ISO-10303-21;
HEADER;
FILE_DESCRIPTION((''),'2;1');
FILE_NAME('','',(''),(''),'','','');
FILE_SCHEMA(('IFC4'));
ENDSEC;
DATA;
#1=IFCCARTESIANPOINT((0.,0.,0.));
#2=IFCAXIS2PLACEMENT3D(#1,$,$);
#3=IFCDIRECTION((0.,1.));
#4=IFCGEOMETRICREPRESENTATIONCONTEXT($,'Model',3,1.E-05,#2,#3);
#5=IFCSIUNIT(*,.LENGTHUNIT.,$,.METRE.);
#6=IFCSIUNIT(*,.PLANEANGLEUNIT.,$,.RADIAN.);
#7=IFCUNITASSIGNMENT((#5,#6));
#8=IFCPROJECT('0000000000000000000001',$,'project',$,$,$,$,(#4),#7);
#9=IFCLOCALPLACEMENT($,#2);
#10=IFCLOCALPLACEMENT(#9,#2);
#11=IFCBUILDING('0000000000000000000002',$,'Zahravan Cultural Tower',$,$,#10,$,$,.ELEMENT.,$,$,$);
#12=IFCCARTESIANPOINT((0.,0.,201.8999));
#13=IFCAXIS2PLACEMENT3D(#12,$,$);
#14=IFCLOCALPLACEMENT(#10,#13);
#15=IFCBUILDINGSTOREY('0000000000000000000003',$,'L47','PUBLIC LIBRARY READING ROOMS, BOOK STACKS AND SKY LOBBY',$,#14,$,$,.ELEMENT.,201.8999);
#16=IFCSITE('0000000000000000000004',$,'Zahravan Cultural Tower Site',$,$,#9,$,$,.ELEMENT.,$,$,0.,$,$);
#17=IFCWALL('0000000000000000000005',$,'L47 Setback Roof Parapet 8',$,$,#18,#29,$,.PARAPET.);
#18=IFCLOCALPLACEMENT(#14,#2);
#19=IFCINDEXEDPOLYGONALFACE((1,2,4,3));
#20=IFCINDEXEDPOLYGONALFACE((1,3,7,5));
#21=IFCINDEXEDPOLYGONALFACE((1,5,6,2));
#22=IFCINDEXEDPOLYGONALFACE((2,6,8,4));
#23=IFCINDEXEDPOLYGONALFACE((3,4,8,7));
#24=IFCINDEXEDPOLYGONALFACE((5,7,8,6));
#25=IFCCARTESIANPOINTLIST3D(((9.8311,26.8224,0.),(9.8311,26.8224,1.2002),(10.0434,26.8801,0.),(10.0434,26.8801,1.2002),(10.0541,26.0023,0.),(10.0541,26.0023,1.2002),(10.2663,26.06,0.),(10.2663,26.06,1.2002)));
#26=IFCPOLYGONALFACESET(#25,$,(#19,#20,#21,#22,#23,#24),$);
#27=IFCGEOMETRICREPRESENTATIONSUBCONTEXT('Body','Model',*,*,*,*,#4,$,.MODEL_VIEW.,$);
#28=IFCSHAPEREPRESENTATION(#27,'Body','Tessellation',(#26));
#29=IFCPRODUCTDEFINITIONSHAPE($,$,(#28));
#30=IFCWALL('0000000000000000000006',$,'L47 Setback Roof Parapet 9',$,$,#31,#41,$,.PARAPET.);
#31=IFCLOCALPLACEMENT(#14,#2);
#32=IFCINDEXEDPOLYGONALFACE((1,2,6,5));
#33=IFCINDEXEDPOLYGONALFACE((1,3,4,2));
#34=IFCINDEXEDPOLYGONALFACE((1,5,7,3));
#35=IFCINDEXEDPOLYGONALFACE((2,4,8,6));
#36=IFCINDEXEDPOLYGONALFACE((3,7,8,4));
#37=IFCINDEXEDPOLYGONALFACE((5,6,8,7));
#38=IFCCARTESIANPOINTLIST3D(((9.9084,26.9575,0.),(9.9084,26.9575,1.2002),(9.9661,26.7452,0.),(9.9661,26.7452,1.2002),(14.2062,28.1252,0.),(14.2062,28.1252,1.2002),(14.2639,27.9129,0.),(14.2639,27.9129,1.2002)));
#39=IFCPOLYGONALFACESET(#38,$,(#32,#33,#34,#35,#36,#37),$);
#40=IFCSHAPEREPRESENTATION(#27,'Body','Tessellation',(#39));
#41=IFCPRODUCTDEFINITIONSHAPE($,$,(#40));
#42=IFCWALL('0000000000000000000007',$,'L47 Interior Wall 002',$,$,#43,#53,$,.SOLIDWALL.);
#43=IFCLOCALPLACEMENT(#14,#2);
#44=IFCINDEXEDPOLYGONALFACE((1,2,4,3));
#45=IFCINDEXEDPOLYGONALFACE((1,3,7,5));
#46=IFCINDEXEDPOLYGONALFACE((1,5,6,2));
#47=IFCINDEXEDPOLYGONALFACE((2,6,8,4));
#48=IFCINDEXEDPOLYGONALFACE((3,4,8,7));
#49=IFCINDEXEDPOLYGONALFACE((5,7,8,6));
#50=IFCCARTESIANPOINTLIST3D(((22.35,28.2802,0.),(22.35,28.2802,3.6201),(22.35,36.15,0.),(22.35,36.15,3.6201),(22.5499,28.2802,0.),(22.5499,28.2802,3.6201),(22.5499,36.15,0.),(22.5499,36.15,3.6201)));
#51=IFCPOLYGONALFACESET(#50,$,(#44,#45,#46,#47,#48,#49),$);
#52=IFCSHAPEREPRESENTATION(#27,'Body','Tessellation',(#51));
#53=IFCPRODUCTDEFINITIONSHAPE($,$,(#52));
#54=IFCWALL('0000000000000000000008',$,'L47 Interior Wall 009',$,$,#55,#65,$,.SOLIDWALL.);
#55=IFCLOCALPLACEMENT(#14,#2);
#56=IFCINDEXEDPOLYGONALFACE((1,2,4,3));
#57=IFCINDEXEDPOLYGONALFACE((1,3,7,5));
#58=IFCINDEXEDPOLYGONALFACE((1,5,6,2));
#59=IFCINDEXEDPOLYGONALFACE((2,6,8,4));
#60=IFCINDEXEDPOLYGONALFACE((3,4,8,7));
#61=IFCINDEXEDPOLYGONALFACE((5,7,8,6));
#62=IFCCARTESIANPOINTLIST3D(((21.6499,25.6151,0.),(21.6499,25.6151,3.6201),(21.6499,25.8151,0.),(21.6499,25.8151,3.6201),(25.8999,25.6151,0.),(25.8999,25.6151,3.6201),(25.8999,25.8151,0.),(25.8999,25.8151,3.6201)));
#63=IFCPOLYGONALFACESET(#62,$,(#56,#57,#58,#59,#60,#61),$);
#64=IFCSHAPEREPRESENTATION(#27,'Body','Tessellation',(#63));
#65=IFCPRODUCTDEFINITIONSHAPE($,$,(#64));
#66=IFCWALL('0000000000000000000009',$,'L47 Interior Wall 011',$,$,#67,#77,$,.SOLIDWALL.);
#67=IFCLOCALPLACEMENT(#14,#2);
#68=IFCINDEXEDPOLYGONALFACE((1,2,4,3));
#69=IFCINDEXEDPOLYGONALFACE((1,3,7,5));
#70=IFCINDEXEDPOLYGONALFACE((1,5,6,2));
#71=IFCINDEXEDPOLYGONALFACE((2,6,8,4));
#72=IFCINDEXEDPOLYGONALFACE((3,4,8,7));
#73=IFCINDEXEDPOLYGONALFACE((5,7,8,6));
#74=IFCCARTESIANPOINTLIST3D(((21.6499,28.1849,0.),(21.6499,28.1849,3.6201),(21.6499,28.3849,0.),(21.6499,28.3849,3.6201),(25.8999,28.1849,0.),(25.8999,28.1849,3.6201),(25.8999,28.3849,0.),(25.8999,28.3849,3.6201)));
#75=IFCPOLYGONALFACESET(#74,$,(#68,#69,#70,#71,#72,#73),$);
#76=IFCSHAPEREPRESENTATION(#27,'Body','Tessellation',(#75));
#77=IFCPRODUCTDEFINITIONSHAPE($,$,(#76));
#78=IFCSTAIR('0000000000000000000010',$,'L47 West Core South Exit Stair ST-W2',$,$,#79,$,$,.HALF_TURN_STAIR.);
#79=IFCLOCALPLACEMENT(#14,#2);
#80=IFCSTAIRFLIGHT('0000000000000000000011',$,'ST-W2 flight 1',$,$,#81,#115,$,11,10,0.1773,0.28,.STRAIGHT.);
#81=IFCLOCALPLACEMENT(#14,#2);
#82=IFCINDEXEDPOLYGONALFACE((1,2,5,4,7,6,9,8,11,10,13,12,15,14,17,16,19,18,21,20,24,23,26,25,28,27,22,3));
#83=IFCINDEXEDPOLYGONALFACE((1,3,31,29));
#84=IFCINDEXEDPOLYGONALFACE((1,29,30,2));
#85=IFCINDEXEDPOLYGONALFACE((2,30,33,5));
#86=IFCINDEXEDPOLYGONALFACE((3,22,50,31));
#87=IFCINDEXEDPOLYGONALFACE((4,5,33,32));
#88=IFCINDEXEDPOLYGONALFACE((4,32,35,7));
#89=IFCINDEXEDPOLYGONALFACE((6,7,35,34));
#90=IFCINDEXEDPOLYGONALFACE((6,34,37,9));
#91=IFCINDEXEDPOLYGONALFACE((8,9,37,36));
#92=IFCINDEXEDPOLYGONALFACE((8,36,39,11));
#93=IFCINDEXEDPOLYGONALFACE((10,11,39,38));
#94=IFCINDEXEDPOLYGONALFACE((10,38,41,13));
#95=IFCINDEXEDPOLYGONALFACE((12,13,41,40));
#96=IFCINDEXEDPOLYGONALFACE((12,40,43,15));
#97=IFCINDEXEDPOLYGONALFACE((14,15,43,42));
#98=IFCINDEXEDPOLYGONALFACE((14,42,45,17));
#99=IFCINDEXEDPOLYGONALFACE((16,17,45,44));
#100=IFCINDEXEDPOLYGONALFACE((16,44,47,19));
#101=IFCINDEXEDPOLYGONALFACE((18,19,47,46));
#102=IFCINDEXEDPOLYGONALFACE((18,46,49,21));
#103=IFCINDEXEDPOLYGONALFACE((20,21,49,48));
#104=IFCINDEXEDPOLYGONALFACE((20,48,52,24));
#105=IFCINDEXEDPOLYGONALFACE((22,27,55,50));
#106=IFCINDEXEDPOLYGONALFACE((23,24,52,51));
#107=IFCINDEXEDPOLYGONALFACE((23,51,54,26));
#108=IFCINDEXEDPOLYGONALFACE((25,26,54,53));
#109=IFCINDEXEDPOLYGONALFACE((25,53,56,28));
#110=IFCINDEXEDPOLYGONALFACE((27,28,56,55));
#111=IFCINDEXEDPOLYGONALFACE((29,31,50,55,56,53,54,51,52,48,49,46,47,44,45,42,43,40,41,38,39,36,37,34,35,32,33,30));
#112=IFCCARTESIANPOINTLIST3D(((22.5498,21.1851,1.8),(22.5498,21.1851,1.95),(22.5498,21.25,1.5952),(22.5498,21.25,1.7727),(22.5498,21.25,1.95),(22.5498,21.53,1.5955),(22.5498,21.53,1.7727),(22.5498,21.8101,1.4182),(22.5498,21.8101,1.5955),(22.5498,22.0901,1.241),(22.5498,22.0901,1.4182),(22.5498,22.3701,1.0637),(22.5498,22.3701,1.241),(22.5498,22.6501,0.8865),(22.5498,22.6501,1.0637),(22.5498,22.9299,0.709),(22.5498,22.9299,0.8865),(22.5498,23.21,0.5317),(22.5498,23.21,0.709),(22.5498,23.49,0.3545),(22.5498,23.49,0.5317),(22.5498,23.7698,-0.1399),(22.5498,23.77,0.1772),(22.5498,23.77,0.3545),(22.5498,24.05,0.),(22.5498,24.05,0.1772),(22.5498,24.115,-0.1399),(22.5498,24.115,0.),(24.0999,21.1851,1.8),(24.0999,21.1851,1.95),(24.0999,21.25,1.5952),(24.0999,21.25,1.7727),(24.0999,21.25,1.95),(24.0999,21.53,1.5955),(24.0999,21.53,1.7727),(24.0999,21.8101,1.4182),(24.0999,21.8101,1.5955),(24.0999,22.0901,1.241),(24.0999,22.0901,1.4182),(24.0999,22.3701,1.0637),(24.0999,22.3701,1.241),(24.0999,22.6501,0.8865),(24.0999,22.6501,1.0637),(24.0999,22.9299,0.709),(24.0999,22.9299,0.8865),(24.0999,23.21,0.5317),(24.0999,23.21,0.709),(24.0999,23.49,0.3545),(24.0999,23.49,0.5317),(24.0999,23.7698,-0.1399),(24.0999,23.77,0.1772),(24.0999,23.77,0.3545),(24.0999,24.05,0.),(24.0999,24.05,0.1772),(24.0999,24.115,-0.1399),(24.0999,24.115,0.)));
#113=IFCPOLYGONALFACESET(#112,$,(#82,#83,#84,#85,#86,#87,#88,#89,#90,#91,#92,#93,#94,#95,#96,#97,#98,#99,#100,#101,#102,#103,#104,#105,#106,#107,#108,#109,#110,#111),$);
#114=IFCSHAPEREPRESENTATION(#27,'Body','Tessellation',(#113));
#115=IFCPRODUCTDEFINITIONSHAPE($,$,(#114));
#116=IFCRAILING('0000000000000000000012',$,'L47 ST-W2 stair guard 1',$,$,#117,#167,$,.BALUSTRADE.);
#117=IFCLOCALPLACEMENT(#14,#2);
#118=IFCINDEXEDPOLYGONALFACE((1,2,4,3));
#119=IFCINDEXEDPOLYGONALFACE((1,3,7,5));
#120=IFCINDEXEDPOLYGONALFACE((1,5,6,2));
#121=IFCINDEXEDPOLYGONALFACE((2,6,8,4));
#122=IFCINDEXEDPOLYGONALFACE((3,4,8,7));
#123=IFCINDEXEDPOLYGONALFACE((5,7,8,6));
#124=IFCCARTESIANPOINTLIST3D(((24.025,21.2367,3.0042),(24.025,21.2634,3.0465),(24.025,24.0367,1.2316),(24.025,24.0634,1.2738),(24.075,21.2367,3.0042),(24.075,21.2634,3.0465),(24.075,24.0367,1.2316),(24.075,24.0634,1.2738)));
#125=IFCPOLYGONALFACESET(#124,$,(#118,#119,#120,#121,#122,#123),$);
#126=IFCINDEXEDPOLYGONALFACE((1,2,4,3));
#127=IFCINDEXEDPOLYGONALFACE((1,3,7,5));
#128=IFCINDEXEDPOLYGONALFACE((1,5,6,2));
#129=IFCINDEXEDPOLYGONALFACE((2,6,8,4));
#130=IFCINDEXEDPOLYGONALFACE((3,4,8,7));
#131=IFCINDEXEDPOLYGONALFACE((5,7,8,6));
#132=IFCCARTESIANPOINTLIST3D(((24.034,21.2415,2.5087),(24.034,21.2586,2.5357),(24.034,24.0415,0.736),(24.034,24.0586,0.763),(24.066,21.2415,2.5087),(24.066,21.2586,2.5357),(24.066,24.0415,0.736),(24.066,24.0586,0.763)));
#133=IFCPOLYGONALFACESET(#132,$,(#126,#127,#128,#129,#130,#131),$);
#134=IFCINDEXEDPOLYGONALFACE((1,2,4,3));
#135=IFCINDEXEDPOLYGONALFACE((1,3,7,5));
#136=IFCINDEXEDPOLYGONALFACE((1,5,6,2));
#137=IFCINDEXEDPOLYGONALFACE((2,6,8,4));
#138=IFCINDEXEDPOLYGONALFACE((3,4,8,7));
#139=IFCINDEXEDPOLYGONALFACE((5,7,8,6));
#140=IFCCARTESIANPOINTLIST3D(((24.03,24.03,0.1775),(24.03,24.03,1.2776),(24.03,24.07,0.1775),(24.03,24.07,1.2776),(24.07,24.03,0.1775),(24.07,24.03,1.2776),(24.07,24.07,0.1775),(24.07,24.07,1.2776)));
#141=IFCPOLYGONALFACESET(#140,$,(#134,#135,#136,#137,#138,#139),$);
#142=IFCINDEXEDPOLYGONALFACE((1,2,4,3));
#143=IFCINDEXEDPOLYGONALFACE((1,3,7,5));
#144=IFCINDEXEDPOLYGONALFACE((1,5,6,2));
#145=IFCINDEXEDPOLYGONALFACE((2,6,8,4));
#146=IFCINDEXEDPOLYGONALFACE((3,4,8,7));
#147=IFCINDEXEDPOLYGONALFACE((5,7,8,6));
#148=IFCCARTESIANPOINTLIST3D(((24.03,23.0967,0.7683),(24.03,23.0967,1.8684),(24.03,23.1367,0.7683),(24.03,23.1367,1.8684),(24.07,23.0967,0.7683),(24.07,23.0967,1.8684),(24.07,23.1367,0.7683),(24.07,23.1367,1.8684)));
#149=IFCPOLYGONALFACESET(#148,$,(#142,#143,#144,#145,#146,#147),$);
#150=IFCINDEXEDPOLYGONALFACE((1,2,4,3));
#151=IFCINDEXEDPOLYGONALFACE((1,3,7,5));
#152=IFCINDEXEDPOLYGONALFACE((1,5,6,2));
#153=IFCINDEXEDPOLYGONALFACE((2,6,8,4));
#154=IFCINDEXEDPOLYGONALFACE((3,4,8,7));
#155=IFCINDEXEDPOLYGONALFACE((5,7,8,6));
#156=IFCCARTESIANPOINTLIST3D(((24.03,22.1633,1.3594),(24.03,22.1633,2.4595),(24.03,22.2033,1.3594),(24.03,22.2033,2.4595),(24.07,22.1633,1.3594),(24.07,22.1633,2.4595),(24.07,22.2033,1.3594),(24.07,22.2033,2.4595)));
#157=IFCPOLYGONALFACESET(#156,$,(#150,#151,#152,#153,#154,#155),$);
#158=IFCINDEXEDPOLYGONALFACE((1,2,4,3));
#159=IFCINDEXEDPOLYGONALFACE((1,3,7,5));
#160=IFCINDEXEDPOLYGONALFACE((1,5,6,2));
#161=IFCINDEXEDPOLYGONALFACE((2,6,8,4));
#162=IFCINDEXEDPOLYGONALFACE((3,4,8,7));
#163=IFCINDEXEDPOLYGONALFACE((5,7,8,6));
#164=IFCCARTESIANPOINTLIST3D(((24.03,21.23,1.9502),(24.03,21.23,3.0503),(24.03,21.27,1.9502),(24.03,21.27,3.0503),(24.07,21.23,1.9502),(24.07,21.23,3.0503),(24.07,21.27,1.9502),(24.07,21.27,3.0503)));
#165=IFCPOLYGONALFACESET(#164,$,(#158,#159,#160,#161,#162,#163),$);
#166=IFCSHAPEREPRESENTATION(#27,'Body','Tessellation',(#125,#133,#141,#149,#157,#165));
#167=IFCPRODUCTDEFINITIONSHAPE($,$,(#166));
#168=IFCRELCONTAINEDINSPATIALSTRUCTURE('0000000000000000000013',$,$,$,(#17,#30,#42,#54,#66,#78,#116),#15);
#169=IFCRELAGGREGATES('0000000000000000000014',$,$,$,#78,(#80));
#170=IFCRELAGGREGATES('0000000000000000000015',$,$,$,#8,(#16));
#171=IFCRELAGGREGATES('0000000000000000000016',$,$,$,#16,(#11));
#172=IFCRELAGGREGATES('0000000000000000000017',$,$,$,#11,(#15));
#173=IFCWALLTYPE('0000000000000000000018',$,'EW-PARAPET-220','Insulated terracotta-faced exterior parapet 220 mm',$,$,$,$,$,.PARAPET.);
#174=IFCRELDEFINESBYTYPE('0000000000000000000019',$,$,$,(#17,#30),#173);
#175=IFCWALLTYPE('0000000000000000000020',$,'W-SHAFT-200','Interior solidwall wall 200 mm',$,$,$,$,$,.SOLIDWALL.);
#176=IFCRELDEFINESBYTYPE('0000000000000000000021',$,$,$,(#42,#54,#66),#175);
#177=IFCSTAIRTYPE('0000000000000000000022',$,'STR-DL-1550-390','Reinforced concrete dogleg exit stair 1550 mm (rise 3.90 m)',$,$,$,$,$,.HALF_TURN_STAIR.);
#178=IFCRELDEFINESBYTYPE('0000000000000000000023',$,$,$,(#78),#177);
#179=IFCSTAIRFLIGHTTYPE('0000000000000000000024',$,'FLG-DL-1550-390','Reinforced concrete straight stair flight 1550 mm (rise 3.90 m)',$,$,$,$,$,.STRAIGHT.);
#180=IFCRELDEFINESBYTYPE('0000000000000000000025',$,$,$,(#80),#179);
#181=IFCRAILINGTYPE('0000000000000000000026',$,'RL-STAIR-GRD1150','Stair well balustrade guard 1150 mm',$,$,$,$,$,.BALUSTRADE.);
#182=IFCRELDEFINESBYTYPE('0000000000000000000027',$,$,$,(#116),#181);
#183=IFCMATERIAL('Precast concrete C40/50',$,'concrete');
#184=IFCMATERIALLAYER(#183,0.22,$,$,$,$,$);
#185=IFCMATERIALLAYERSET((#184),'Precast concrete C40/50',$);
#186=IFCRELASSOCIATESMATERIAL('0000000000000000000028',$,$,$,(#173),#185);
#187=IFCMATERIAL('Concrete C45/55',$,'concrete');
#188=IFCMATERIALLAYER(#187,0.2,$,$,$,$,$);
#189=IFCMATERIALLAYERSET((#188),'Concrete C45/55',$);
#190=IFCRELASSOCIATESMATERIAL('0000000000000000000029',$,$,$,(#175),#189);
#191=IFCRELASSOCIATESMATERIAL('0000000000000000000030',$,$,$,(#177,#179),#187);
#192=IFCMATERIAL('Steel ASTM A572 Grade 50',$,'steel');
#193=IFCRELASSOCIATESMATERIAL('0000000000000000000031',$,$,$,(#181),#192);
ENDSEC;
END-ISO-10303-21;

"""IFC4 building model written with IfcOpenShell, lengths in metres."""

from ifc_helpers import new_model, si_unit, direction, frame, frame_2d, origin, origin_2d, place, context, subcontext, project, spatial, polyline, rectangle, outline, extrude, source, transform, mapped, material, layer, layer_set, type_object, element, aggregate, save


model = new_model("IFC4")

# Units and contexts
model_context = context("Model", 3, precision=1e-05, world=origin(), true_north=direction((0.0, 1.0)))
body_context = subcontext(model_context, "Body", "Model", "MODEL_VIEW")
ifc_project = project(units=[si_unit("LENGTHUNIT", "METRE"), si_unit("PLANEANGLEUNIT", "RADIAN")], contexts=[model_context])

# Site, building, storey
site_placement = place(None, origin())
site = spatial("IfcSite", under=ifc_project, at=site_placement, Name="Zahravan Cultural Tower Site", CompositionType="ELEMENT", RefElevation=0.0)
building_placement = place(site_placement, origin())
building = spatial("IfcBuilding", under=site, at=building_placement, Name="Zahravan Cultural Tower", CompositionType="ELEMENT")
storey_placement = place(building_placement, frame((0.0, 0.0, 201.8999)))
storey = spatial("IfcBuildingStorey", under=building, at=storey_placement, Name="L47", Description="PUBLIC LIBRARY READING ROOMS, BOOK STACKS AND SKY LOBBY", CompositionType="ELEMENT", Elevation=201.8999)

# Shared definitions
ifc_material_1 = material(Name="Precast concrete C40/50", Category="concrete")

# Walls
ifc_layer_1 = layer(ifc_material_1, 0.22)
ifc_layer_set_1 = layer_set([ifc_layer_1], Name="Precast concrete C40/50")
wall_type_1 = type_object("IfcWallType", Name="EW-PARAPET-220", Description="Insulated terracotta-faced exterior parapet 220 mm", PredefinedType="PARAPET", material=ifc_layer_set_1)
shared_shape_1 = source(origin(), body_context, "Body", "SweptSolid", [
    extrude(rectangle(XDim=0.8499, YDim=0.22, at=frame_2d((0.4248, 0.0))), origin(), (0.0, 0.0, 1.0), 1.2002),
])
wall_1_placement = place(storey_placement, frame((10.1602, 26.0312, 0.0), z_axis=(0.0, 0.0, 1.0), x_axis=(-0.262291, 0.964989, 0.0)))
element("IfcWall", 1, at=wall_1_placement, inside=storey, type_object=wall_type_1, Name="L47 Setback Roof Parapet 8", PredefinedType="PARAPET", context=body_context, shape_type="MappedRepresentation", body=[
    mapped(shared_shape_1, transform((0.0, 0.0, 0.0), x_axis=(1.0, 0.0, 0.0), y_axis=(0.0, 1.0, 0.0), z_axis=(0.0, 0.0, 1.0), scale=1.0)),
])
shared_shape_2 = source(origin(), body_context, "Body", "SweptSolid", [
    extrude(rectangle(XDim=4.4536, YDim=0.22, at=frame_2d((2.2268, 0.0))), origin(), (0.0, 0.0, 1.0), 1.2002),
])
wall_2_placement = place(storey_placement, frame((9.9373, 26.8513, 0.0), z_axis=(0.0, 0.0, 1.0), x_axis=(0.965015, 0.262194, 0.0)))
element("IfcWall", 2, at=wall_2_placement, inside=storey, type_object=wall_type_1, Name="L47 Setback Roof Parapet 9", PredefinedType="PARAPET", context=body_context, shape_type="MappedRepresentation", body=[
    mapped(shared_shape_2, transform((0.0, 0.0, 0.0), x_axis=(1.0, 0.0, 0.0), y_axis=(0.0, 1.0, 0.0), z_axis=(0.0, 0.0, 1.0), scale=1.0)),
])
ifc_material_2 = material(Name="Concrete C45/55", Category="concrete")
ifc_layer_2 = layer(ifc_material_2, 0.2)
ifc_layer_set_2 = layer_set([ifc_layer_2], Name="Concrete C45/55")
wall_type_2 = type_object("IfcWallType", Name="W-SHAFT-200", Description="Interior solidwall wall 200 mm", PredefinedType="SOLIDWALL", material=ifc_layer_set_2)
shared_shape_3 = source(origin(), body_context, "Body", "SweptSolid", [
    extrude(rectangle(XDim=7.8699, YDim=0.2, at=frame_2d((3.9351, 0.0))), origin(), (0.0, 0.0, 1.0), 3.6201),
])
wall_3_placement = place(storey_placement, frame((22.45, 28.28, 0.0), z_axis=(0.0, 0.0, 1.0), x_axis=(0.0, 1.0, 0.0)))
element("IfcWall", 3, at=wall_3_placement, inside=storey, type_object=wall_type_2, Name="L47 Interior Wall 002", PredefinedType="SOLIDWALL", context=body_context, shape_type="MappedRepresentation", body=[
    mapped(shared_shape_3, transform((0.0, 0.0, 0.0), x_axis=(1.0, 0.0, 0.0), y_axis=(0.0, 1.0, 0.0), z_axis=(0.0, 0.0, 1.0), scale=1.0)),
])
shared_shape_4 = source(origin(), body_context, "Body", "SweptSolid", [
    extrude(rectangle(XDim=4.25, YDim=0.2, at=frame_2d((2.125, 0.0))), origin(), (0.0, 0.0, 1.0), 3.6201),
])
for number, where, z_axis, x_axis, name in (
    (4, (21.6499, 25.7151, 0.0), (0.0, 0.0, 1.0), (1.0, 0.0, 0.0), "L47 Interior Wall 009"),
    (5, (21.6499, 28.2849, 0.0), (0.0, 0.0, 1.0), (1.0, 0.0, 0.0), "L47 Interior Wall 011"),
):
    element("IfcWall", number, at=place(storey_placement, frame(where, z_axis=z_axis, x_axis=x_axis)), inside=storey, type_object=wall_type_2, Name=name, PredefinedType="SOLIDWALL", context=body_context, shape_type="MappedRepresentation", body=[
        mapped(shared_shape_4, transform((0.0, 0.0, 0.0), x_axis=(1.0, 0.0, 0.0), y_axis=(0.0, 1.0, 0.0), z_axis=(0.0, 0.0, 1.0), scale=1.0)),
    ])

# Stair, stair flight
stair_type = type_object("IfcStairType", Name="STR-DL-1550-390", Description="Reinforced concrete dogleg exit stair 1550 mm (rise 3.90 m)", PredefinedType="HALF_TURN_STAIR", material=ifc_material_2)
stair_placement = place(storey_placement, origin())
stair = element("IfcStair", 6, at=stair_placement, inside=storey, type_object=stair_type, Name="L47 West Core South Exit Stair ST-W2", PredefinedType="HALF_TURN_STAIR")
stair_flight_type = type_object("IfcStairFlightType", Name="FLG-DL-1550-390", Description="Reinforced concrete straight stair flight 1550 mm (rise 3.90 m)", PredefinedType="STRAIGHT", material=ifc_material_2)
stair_flight_placement = place(storey_placement, frame((23.325, 24.05, 0.0), z_axis=(0.0, 0.0, 1.0), x_axis=(0.0, -1.0, 0.0)))
stair_flight = element("IfcStairFlight", 7, at=stair_flight_placement, type_object=stair_flight_type, Name="ST-W2 flight 1", NumberOfRisers=11, NumberOfTreads=10, PredefinedType="STRAIGHT", RiserHeight=0.1773, TreadLength=0.28, context=body_context, shape_type="SweptSolid", body=[
    extrude(outline(polyline([(-0.0649, -0.1399), (-0.0649, 0.0), (0.0, 0.0), (0.0, 0.1772), (0.28, 0.1772), (0.28, 0.3545), (0.5601, 0.3545), (0.5601, 0.5317), (0.8401, 0.5317), (0.8401, 0.709), (1.1201, 0.709), (1.1201, 0.8865), (1.3999, 0.8865), (1.3999, 1.0637), (1.6799, 1.0637), (1.6799, 1.241), (1.96, 1.241), (1.96, 1.4182), (2.24, 1.4182), (2.24, 1.5955), (2.52, 1.5955), (2.52, 1.7727), (2.8, 1.7727), (2.8, 1.95), (2.865, 1.95), (2.865, 1.8), (2.8, 1.5952), (0.2803, -0.1399), (-0.0649, -0.1399)])), frame((0.0, 0.7749, 0.0), z_axis=(0.0, -1.0, 0.0), x_axis=(1.0, 0.0, 0.0)), (0.0, 0.0, 1.0), 1.55),
])
aggregate(stair, [stair_flight])

# Railing
ifc_material_3 = material(Name="Steel ASTM A572 Grade 50", Category="steel")
railing_type_1 = type_object("IfcRailingType", Name="RL-STAIR-GRD1150", Description="Stair well balustrade guard 1150 mm", PredefinedType="BALUSTRADE", material=ifc_material_3)
railing_1_placement = place(storey_placement, frame((24.05, 24.05, 0.1775)))
element("IfcRailing", 8, at=railing_1_placement, inside=storey, type_object=railing_type_1, Name="L47 ST-W2 stair guard 1", PredefinedType="BALUSTRADE", context=body_context, shape_type="SweptSolid", body=[
    extrude(rectangle(XDim=0.05, YDim=0.05, at=origin_2d()), frame((0.0, 0.0, 1.0752), z_axis=(0.0, -0.844909, 0.53491), x_axis=(1.0, 0.0, 0.0)), (0.0, 0.0, 1.0), 3.314),
    extrude(rectangle(XDim=0.032, YDim=0.032, at=origin_2d()), frame((0.0, 0.0, 0.572), z_axis=(0.0, -0.844909, 0.53491), x_axis=(1.0, 0.0, 0.0)), (0.0, 0.0, 1.0), 3.314),
    extrude(rectangle(XDim=0.04, YDim=0.04, at=origin_2d()), origin(), (0.0, 0.0, 1.0), 1.1001),
    extrude(rectangle(XDim=0.04, YDim=0.04, at=origin_2d()), frame((0.0, -0.9333, 0.5908)), (0.0, 0.0, 1.0), 1.1001),
    extrude(rectangle(XDim=0.04, YDim=0.04, at=origin_2d()), frame((0.0, -1.8667, 1.1819)), (0.0, 0.0, 1.0), 1.1001),
    extrude(rectangle(XDim=0.04, YDim=0.04, at=origin_2d()), frame((0.0, -2.8, 1.7727)), (0.0, 0.0, 1.0), 1.1001),
])

save(model, "model.ifc")
